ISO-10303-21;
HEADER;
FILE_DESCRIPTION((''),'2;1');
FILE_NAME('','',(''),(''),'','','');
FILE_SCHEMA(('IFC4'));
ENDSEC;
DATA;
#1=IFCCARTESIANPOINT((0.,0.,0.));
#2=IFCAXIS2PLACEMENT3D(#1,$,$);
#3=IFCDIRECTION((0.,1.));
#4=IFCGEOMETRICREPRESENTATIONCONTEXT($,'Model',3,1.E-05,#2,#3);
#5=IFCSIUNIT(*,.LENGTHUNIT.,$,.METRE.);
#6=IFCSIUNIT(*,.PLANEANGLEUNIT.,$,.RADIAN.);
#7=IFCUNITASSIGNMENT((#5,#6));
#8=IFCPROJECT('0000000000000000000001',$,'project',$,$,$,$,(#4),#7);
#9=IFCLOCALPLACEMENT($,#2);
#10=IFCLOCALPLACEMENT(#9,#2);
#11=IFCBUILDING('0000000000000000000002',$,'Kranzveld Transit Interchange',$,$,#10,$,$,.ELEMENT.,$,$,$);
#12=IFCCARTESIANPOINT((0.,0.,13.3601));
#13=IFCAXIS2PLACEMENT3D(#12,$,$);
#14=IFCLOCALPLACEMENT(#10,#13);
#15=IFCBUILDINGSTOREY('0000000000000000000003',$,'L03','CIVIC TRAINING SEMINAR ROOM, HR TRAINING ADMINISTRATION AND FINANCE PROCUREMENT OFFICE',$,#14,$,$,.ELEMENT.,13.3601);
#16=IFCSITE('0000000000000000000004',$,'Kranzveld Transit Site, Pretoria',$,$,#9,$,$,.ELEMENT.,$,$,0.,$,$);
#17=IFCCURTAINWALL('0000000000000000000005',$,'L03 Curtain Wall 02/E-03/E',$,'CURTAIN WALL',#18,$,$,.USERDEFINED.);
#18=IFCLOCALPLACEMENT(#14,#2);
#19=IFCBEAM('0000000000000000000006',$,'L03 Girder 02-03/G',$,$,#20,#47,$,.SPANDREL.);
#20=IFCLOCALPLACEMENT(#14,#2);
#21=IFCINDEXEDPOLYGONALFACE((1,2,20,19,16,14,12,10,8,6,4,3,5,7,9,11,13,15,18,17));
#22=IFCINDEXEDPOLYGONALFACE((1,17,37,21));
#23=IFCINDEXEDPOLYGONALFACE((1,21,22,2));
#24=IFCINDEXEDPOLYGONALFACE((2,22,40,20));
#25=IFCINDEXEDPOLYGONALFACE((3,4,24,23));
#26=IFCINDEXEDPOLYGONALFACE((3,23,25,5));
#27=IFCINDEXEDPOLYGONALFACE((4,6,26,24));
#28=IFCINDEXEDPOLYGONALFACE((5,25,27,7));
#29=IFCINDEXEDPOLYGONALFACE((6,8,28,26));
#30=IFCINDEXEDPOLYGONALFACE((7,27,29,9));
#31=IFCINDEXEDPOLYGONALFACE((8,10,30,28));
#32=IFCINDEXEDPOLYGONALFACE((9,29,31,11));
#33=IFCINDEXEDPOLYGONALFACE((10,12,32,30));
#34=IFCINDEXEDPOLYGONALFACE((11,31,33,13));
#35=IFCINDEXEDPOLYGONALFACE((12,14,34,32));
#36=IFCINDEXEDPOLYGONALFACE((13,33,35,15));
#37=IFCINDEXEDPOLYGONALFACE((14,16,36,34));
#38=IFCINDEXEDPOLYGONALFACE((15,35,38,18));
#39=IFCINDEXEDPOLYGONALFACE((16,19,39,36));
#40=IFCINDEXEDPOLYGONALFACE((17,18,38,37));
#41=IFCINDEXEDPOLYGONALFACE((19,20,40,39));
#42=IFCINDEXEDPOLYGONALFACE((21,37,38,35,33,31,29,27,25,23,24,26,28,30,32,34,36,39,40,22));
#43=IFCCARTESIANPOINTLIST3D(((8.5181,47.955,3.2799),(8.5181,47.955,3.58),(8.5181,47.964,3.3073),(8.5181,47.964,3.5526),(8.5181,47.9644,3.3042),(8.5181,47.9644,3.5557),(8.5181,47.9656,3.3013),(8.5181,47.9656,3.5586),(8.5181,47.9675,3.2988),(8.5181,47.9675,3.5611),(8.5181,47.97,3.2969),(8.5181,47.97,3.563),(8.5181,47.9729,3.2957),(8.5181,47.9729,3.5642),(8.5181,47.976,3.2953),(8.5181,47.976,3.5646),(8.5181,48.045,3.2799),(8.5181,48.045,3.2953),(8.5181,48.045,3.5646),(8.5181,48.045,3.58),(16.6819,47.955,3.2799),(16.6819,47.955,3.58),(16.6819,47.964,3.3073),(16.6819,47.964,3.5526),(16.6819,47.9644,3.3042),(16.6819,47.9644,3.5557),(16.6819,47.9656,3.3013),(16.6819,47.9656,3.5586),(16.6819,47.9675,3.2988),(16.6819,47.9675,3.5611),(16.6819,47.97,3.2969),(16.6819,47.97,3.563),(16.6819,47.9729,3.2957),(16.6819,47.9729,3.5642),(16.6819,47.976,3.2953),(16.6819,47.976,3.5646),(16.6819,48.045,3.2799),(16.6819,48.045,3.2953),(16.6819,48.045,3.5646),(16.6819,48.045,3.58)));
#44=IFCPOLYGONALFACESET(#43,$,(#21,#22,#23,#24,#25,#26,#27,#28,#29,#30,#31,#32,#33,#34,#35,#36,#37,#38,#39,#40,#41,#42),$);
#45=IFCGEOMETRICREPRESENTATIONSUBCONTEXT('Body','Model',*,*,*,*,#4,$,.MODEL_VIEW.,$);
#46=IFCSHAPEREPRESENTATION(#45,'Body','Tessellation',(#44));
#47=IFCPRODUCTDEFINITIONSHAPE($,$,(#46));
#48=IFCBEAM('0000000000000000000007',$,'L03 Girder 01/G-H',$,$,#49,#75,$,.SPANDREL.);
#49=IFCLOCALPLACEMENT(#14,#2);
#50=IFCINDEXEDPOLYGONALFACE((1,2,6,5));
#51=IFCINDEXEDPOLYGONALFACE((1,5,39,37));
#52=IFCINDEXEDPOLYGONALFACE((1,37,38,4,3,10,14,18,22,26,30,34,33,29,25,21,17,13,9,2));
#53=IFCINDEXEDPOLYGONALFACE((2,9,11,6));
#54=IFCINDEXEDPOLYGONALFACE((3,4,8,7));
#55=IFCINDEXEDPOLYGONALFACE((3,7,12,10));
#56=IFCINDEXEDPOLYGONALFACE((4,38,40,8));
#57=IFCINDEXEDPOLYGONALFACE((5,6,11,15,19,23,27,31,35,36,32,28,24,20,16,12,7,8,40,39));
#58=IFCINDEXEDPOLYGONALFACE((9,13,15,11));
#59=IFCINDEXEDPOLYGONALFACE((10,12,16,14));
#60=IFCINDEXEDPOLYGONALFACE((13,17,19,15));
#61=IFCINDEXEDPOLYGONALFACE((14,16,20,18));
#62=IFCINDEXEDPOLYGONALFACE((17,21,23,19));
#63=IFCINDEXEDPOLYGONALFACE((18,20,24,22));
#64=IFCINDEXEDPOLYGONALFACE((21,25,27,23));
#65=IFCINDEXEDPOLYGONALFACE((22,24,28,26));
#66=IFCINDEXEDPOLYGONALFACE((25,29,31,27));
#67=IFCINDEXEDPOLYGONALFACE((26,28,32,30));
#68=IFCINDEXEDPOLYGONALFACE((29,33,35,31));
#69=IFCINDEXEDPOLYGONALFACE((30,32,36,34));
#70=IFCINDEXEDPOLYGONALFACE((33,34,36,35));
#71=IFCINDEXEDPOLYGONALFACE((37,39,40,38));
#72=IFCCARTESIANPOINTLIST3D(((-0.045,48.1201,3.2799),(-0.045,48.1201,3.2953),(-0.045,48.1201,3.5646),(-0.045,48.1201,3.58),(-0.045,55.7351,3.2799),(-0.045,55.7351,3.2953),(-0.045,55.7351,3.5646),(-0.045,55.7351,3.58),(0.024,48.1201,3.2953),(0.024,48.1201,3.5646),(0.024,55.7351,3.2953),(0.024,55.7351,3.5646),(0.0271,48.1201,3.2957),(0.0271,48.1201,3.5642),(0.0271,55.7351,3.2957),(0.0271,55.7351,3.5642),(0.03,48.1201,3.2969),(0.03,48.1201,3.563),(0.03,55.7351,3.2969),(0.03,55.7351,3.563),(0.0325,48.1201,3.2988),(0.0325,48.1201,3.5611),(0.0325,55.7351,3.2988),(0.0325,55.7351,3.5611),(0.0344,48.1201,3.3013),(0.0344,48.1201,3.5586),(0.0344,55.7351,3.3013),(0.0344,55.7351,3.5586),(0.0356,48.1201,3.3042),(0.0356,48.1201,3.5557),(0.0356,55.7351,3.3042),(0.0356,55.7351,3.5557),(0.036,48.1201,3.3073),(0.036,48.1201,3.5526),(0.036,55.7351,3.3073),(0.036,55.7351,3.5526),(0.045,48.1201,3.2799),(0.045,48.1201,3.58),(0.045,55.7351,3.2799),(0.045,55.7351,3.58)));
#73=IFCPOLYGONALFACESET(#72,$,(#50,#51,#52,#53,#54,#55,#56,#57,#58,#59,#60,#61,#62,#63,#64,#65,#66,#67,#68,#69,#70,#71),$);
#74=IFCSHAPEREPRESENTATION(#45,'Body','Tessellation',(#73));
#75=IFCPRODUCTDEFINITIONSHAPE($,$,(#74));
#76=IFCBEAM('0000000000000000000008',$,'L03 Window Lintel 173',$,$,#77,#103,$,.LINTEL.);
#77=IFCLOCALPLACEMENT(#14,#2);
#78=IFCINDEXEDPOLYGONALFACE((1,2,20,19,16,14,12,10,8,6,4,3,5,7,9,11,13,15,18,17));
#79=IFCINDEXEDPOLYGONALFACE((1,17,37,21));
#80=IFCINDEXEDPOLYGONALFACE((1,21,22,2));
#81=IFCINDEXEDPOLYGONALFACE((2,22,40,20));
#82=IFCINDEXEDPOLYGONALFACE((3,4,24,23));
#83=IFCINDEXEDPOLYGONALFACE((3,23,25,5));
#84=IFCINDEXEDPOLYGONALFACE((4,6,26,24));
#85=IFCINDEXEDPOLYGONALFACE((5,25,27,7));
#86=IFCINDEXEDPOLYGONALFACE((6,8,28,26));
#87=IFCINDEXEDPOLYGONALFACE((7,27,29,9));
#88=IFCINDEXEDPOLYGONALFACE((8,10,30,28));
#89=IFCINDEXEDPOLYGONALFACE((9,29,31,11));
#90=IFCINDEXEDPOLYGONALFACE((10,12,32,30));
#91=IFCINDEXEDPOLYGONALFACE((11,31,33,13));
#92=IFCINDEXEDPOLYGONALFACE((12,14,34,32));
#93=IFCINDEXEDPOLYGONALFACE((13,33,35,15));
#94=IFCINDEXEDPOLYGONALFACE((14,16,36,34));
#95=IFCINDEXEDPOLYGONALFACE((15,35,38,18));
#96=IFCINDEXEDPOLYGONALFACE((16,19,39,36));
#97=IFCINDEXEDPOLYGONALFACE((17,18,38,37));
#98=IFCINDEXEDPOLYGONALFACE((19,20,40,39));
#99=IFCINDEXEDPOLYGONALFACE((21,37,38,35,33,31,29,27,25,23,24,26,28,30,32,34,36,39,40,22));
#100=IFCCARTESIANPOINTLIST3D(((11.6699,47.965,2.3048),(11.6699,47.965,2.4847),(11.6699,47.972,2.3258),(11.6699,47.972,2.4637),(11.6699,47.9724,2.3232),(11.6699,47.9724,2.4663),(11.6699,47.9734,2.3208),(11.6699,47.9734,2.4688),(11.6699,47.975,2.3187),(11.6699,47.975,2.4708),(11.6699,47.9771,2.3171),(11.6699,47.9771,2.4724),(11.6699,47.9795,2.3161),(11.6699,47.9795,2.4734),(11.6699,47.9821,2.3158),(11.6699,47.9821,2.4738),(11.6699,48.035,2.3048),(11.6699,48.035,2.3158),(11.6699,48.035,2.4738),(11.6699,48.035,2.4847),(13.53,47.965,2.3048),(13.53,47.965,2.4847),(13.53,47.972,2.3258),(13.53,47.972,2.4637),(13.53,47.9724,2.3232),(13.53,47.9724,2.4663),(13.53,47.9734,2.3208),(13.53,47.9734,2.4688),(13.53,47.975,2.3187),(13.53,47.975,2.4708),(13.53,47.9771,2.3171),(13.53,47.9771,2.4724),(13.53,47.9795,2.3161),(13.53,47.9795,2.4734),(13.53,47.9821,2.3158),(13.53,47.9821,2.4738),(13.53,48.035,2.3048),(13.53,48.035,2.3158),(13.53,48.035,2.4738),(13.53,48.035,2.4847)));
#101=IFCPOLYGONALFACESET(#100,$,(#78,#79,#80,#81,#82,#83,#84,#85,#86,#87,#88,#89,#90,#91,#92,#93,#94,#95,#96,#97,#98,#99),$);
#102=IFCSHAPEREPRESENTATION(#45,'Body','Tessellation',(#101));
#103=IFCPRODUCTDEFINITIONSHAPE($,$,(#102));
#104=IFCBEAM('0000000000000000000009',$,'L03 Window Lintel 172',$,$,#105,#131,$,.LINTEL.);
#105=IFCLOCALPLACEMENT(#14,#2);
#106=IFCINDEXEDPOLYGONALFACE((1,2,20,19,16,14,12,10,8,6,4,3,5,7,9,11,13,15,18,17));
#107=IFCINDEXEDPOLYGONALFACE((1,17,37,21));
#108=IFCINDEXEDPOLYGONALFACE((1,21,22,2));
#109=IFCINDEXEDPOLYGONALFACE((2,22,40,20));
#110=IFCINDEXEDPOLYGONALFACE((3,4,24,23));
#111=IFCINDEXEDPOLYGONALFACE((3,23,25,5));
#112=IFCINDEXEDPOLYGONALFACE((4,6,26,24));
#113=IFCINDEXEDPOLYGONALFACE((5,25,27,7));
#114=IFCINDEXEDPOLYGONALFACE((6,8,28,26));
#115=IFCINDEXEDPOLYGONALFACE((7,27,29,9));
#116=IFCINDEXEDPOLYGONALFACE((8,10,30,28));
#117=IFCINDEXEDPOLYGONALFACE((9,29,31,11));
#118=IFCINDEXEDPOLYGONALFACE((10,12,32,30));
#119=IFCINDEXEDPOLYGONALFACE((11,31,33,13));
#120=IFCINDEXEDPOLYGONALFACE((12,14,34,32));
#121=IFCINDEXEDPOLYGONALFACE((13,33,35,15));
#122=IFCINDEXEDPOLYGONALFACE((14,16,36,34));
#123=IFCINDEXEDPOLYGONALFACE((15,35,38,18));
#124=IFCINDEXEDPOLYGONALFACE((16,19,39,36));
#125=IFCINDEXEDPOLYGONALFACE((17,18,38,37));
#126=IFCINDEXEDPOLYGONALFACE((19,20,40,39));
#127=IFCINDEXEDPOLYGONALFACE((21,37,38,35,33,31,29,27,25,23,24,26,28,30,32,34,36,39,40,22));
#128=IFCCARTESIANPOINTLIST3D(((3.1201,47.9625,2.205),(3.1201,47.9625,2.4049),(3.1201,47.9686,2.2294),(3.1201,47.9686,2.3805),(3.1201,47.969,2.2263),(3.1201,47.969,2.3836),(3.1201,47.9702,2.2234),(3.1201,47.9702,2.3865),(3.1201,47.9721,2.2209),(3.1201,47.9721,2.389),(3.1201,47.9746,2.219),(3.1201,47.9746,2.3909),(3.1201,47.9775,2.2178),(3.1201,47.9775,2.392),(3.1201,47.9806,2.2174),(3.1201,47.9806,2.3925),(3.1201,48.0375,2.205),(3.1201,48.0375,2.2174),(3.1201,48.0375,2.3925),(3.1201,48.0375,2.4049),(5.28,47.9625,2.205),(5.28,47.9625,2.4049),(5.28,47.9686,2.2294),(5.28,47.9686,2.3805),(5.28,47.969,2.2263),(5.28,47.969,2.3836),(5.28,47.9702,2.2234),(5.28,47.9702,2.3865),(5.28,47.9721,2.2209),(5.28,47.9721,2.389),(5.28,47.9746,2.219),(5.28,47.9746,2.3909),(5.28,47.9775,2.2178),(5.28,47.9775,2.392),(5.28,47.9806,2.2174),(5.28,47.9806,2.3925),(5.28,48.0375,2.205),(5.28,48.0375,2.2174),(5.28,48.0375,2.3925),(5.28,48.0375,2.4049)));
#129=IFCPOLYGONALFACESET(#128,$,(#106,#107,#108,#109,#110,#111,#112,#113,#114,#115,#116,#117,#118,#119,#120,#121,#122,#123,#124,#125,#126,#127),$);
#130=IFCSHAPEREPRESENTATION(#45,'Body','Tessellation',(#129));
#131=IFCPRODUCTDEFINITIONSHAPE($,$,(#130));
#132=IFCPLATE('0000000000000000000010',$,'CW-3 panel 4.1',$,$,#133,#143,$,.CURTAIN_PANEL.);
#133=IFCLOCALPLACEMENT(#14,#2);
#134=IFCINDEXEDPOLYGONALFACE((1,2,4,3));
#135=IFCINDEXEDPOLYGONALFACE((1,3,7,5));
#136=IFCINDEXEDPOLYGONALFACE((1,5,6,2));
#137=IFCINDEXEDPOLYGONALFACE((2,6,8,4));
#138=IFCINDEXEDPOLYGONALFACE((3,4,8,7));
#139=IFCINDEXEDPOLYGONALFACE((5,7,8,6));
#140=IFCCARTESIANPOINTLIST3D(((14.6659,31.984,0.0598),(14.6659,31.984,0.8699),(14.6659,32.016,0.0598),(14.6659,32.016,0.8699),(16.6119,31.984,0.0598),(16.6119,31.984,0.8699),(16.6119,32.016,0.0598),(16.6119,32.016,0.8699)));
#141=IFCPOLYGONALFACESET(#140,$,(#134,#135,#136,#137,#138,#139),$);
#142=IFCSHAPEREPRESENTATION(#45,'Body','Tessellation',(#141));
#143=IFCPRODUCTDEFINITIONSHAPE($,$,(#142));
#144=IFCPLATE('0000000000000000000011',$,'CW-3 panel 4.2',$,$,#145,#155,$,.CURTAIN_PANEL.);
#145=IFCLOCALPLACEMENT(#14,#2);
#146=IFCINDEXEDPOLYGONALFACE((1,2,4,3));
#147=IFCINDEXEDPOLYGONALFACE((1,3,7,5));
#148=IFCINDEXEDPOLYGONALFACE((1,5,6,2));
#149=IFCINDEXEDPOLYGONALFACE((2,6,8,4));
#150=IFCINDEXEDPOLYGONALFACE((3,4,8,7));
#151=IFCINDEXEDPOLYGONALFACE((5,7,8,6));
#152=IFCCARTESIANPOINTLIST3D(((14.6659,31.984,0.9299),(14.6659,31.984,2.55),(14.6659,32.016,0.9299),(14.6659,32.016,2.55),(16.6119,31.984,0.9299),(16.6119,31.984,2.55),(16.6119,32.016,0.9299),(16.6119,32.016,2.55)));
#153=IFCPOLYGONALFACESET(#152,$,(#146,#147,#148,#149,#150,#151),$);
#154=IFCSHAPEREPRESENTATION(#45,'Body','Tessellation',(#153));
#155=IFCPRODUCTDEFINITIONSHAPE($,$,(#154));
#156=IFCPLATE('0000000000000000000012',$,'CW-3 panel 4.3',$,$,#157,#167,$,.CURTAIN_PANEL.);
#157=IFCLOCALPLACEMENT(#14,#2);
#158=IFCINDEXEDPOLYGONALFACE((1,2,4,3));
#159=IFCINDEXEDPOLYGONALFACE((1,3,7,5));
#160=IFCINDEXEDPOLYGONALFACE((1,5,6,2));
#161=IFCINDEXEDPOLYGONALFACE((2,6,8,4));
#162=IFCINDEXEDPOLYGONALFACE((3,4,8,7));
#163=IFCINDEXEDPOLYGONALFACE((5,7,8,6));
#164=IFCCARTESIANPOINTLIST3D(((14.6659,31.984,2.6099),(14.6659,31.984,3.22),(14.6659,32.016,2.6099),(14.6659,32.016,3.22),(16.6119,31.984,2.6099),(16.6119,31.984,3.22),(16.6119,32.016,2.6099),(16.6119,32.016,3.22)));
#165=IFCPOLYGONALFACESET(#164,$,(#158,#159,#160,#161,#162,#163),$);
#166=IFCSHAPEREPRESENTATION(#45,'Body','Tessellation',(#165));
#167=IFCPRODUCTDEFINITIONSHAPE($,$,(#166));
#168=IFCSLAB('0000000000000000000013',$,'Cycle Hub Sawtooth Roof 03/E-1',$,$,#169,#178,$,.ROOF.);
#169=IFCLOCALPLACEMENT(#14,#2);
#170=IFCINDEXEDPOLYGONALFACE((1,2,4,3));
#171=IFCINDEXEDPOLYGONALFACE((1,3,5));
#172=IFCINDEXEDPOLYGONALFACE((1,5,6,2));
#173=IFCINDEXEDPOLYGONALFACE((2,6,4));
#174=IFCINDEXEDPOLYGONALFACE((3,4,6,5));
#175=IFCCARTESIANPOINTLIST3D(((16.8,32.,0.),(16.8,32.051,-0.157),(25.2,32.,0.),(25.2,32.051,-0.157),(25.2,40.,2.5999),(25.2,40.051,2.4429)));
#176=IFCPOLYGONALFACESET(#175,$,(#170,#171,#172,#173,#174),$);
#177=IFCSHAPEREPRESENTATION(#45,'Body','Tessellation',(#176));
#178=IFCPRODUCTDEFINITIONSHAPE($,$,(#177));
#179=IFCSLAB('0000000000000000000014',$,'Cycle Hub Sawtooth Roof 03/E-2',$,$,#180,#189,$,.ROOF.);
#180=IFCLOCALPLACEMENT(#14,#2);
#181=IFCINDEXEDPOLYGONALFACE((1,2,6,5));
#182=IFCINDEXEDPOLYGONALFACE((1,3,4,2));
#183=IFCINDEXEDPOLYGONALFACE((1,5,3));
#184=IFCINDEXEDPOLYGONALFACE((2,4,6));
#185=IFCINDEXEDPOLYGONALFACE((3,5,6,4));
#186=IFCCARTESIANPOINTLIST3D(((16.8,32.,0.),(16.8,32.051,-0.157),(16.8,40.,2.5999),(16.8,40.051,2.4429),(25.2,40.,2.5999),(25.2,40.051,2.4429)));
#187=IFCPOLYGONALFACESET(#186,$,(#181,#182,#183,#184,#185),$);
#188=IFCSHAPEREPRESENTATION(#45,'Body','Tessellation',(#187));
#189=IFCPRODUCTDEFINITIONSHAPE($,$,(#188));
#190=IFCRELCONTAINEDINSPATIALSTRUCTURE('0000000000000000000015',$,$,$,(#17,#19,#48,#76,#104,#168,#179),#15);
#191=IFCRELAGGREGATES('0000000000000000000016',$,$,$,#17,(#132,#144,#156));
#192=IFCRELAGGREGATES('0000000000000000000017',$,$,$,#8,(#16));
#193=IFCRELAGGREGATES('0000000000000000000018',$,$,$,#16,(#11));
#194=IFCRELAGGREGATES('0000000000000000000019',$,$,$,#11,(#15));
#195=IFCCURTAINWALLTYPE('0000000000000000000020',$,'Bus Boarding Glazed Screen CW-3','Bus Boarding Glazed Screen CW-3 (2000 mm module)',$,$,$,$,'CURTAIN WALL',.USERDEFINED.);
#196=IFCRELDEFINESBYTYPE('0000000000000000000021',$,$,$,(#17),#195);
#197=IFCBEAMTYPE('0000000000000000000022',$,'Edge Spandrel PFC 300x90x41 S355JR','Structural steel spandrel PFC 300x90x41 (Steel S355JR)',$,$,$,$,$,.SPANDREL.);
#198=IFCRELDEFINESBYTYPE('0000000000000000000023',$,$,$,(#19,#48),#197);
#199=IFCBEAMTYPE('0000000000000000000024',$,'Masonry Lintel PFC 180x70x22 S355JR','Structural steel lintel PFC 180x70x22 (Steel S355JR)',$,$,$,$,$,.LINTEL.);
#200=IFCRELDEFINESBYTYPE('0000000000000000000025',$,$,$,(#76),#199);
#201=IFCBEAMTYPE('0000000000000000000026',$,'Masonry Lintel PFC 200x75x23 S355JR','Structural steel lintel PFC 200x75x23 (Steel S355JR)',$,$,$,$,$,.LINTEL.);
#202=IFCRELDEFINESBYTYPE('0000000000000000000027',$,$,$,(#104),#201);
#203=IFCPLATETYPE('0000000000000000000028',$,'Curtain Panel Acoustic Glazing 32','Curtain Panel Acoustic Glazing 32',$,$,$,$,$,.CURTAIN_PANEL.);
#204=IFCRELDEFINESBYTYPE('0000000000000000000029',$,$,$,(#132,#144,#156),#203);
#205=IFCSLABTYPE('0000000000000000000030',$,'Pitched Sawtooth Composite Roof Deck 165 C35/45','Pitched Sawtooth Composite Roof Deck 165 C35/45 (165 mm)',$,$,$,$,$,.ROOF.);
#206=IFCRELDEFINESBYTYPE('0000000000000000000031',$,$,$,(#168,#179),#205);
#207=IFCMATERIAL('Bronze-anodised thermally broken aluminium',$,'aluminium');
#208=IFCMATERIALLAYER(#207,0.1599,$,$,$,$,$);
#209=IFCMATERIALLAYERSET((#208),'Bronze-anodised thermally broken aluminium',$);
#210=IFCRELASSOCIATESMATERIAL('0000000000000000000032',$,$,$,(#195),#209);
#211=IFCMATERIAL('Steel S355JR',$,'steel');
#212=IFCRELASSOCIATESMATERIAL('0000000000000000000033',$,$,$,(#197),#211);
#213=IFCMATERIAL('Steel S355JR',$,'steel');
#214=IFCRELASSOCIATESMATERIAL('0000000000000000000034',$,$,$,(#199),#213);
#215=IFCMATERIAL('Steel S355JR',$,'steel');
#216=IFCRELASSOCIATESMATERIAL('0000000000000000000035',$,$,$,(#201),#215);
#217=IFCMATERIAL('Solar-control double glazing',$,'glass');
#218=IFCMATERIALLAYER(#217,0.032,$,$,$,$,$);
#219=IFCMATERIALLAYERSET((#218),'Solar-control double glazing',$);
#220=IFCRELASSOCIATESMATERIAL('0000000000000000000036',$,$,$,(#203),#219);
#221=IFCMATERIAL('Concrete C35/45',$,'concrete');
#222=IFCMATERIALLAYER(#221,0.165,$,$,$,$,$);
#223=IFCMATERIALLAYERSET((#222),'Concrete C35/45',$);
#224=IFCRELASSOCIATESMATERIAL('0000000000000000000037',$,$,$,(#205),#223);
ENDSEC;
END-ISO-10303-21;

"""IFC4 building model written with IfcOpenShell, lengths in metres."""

from ifc_helpers import new_model, si_unit, direction, frame, origin, origin_2d, place, context, subcontext, project, spatial, polyline, rectangle, u_section, outline, extrude, material, layer, layer_set, material_profile, profile_set, type_object, element, aggregate, save


model = new_model("IFC4")

# Units and contexts
model_context = context("Model", 3, precision=1e-05, world=origin(), true_north=direction((0.0, 1.0)))
body_context = subcontext(model_context, "Body", "Model", "MODEL_VIEW")
ifc_project = project(units=[si_unit("LENGTHUNIT", "METRE"), si_unit("PLANEANGLEUNIT", "RADIAN")], contexts=[model_context])

# Site, building, storey
site_placement = place(None, origin())
site = spatial("IfcSite", under=ifc_project, at=site_placement, Name="Kranzveld Transit Site, Pretoria", CompositionType="ELEMENT", RefElevation=0.0)
building_placement = place(site_placement, origin())
building = spatial("IfcBuilding", under=site, at=building_placement, Name="Kranzveld Transit Interchange", CompositionType="ELEMENT")
storey_placement = place(building_placement, frame((0.0, 0.0, 13.3601)))
storey = spatial("IfcBuildingStorey", under=building, at=storey_placement, Name="L03", Description="CIVIC TRAINING SEMINAR ROOM, HR TRAINING ADMINISTRATION AND FINANCE PROCUREMENT OFFICE", CompositionType="ELEMENT", Elevation=13.3601)

# Curtain wall
ifc_material_1 = material(Name="Bronze-anodised thermally broken aluminium", Category="aluminium")
ifc_layer_1 = layer(ifc_material_1, 0.1599)
ifc_layer_set_1 = layer_set([ifc_layer_1], Name="Bronze-anodised thermally broken aluminium")
curtain_wall_type = type_object("IfcCurtainWallType", Name="Bus Boarding Glazed Screen CW-3", Description="Bus Boarding Glazed Screen CW-3 (2000 mm module)", ElementType="CURTAIN WALL", PredefinedType="USERDEFINED", material=ifc_layer_set_1)
curtain_wall_placement = place(storey_placement, origin())
curtain_wall = element("IfcCurtainWall", 1, at=curtain_wall_placement, inside=storey, type_object=curtain_wall_type, Name="L03 Curtain Wall 02/E-03/E", ObjectType="CURTAIN WALL", PredefinedType="USERDEFINED")

# Beams
ifc_material_2 = material(Name="Steel S355JR", Category="steel")
ifc_material_profile_1 = material_profile(ifc_material_2, u_section(Depth=0.3, FlangeWidth=0.0901, WebThickness=0.009, FlangeThickness=0.0154, FilletRadius=0.012, at=origin_2d()), Name="PFC 300x90x41")
ifc_profile_set_1 = profile_set([ifc_material_profile_1], Name="Steel S355JR")
beam_type_1 = type_object("IfcBeamType", Name="Edge Spandrel PFC 300x90x41 S355JR", Description="Structural steel spandrel PFC 300x90x41 (Steel S355JR)", PredefinedType="SPANDREL", material=ifc_profile_set_1)
for number, where, z_axis, x_axis, name in (
    (2, (8.5181, 48.0, 3.4299), (1.0, 0.0, 0.0), (0.0, 1.0, 0.0), "L03 Girder 02-03/G"),
):
    element("IfcBeam", number, at=place(storey_placement, frame(where, z_axis=z_axis, x_axis=x_axis)), inside=storey, type_object=beam_type_1, Name=name, PredefinedType="SPANDREL", context=body_context, shape_type="SweptSolid", body=[
        extrude(u_section(Depth=0.3, FlangeWidth=0.0901, WebThickness=0.009, FlangeThickness=0.0154, FilletRadius=0.012, at=origin_2d()), origin(), (0.0, 0.0, 1.0), 8.1638),
    ])
beam_1_placement = place(storey_placement, frame((0.0, 48.1201, 3.4299), z_axis=(0.0, 1.0, 0.0), x_axis=(-1.0, 0.0, 0.0)))
element("IfcBeam", 3, at=beam_1_placement, inside=storey, type_object=beam_type_1, Name="L03 Girder 01/G-H", PredefinedType="SPANDREL", context=body_context, shape_type="SweptSolid", body=[
    extrude(u_section(Depth=0.3, FlangeWidth=0.0901, WebThickness=0.009, FlangeThickness=0.0154, FilletRadius=0.012, at=origin_2d()), origin(), (0.0, 0.0, 1.0), 7.615),
])
ifc_material_3 = material(Name="Steel S355JR", Category="steel")
ifc_material_profile_2 = material_profile(ifc_material_3, u_section(Depth=0.1799, FlangeWidth=0.0701, WebThickness=0.0071, FlangeThickness=0.011, FilletRadius=0.01, at=origin_2d()), Name="PFC 180x70x22")
ifc_profile_set_2 = profile_set([ifc_material_profile_2], Name="Steel S355JR")
beam_type_2 = type_object("IfcBeamType", Name="Masonry Lintel PFC 180x70x22 S355JR", Description="Structural steel lintel PFC 180x70x22 (Steel S355JR)", PredefinedType="LINTEL", material=ifc_profile_set_2)
beam_2_placement = place(storey_placement, frame((11.6699, 48.0, 2.3948), z_axis=(1.0, 0.0, 0.0), x_axis=(0.0, 1.0, 0.0)))
element("IfcBeam", 4, at=beam_2_placement, inside=storey, type_object=beam_type_2, Name="L03 Window Lintel 173", PredefinedType="LINTEL", context=body_context, shape_type="SweptSolid", body=[
    extrude(u_section(Depth=0.1799, FlangeWidth=0.0701, WebThickness=0.0071, FlangeThickness=0.011, FilletRadius=0.01, at=origin_2d()), origin(), (0.0, 0.0, 1.0), 1.8601),
])
ifc_material_4 = material(Name="Steel S355JR", Category="steel")
ifc_material_profile_3 = material_profile(ifc_material_4, u_section(Depth=0.2, FlangeWidth=0.075, WebThickness=0.0061, FlangeThickness=0.0125, FilletRadius=0.012, at=origin_2d()), Name="PFC 200x75x23")
ifc_profile_set_3 = profile_set([ifc_material_profile_3], Name="Steel S355JR")
beam_type_3 = type_object("IfcBeamType", Name="Masonry Lintel PFC 200x75x23 S355JR", Description="Structural steel lintel PFC 200x75x23 (Steel S355JR)", PredefinedType="LINTEL", material=ifc_profile_set_3)
beam_3_placement = place(storey_placement, frame((3.1201, 48.0, 2.3049), z_axis=(1.0, 0.0, 0.0), x_axis=(0.0, 1.0, 0.0)))
element("IfcBeam", 5, at=beam_3_placement, inside=storey, type_object=beam_type_3, Name="L03 Window Lintel 172", PredefinedType="LINTEL", context=body_context, shape_type="SweptSolid", body=[
    extrude(u_section(Depth=0.2, FlangeWidth=0.075, WebThickness=0.0061, FlangeThickness=0.0125, FilletRadius=0.012, at=origin_2d()), origin(), (0.0, 0.0, 1.0), 2.1599),
])

# Plates
ifc_material_5 = material(Name="Solar-control double glazing", Category="glass")
ifc_layer_2 = layer(ifc_material_5, 0.032)
ifc_layer_set_2 = layer_set([ifc_layer_2], Name="Solar-control double glazing")
plate_type = type_object("IfcPlateType", Name="Curtain Panel Acoustic Glazing 32", Description="Curtain Panel Acoustic Glazing 32", PredefinedType="CURTAIN_PANEL", material=ifc_layer_set_2)
plate_1_placement = place(storey_placement, frame((15.6389, 32.0, 0.0598), z_axis=(0.0, 0.0, 1.0), x_axis=(1.0, 0.0, 0.0)))
plate_1 = element("IfcPlate", 6, at=plate_1_placement, type_object=plate_type, Name="CW-3 panel 4.1", PredefinedType="CURTAIN_PANEL", context=body_context, shape_type="SweptSolid", body=[
    extrude(rectangle(XDim=1.946, YDim=0.032, at=origin_2d()), origin(), (0.0, 0.0, 1.0), 0.8101),
])
plate_2_placement = place(storey_placement, frame((15.6389, 32.0, 0.9299), z_axis=(0.0, 0.0, 1.0), x_axis=(1.0, 0.0, 0.0)))
plate_2 = element("IfcPlate", 7, at=plate_2_placement, type_object=plate_type, Name="CW-3 panel 4.2", PredefinedType="CURTAIN_PANEL", context=body_context, shape_type="SweptSolid", body=[
    extrude(rectangle(XDim=1.946, YDim=0.032, at=origin_2d()), origin(), (0.0, 0.0, 1.0), 1.6201),
])
plate_3_placement = place(storey_placement, frame((15.6389, 32.0, 2.6099), z_axis=(0.0, 0.0, 1.0), x_axis=(1.0, 0.0, 0.0)))
plate_3 = element("IfcPlate", 8, at=plate_3_placement, type_object=plate_type, Name="CW-3 panel 4.3", PredefinedType="CURTAIN_PANEL", context=body_context, shape_type="SweptSolid", body=[
    extrude(rectangle(XDim=1.946, YDim=0.032, at=origin_2d()), origin(), (0.0, 0.0, 1.0), 0.6101),
])
aggregate(curtain_wall, [plate_1, plate_2, plate_3])

# Slabs
ifc_material_6 = material(Name="Concrete C35/45", Category="concrete")
ifc_layer_3 = layer(ifc_material_6, 0.165)
ifc_layer_set_3 = layer_set([ifc_layer_3], Name="Concrete C35/45")
slab_type = type_object("IfcSlabType", Name="Pitched Sawtooth Composite Roof Deck 165 C35/45", Description="Pitched Sawtooth Composite Roof Deck 165 C35/45 (165 mm)", PredefinedType="ROOF", material=ifc_layer_set_3)
slab_1_placement = place(storey_placement, frame((16.8, 32.0, 0.0), z_axis=(0.0, -0.30907, 0.951039), x_axis=(1.0, 0.0, 0.0)))
element("IfcSlab", 9, at=slab_1_placement, inside=storey, type_object=slab_type, Name="Cycle Hub Sawtooth Roof 03/E-1", PredefinedType="ROOF", context=body_context, shape_type="SweptSolid", body=[
    extrude(outline(polyline([(0.0, 0.0), (8.3999, 0.0), (8.3999, 8.4119), (0.0, 0.0)])), origin(), (0.0, 0.0, -1.0), 0.165),
])
slab_2_placement = place(storey_placement, frame((16.8, 32.0, 0.0), z_axis=(0.0, -0.30907, 0.951039), x_axis=(0.706604, 0.672964, 0.218701)))
element("IfcSlab", 10, at=slab_2_placement, inside=storey, type_object=slab_type, Name="Cycle Hub Sawtooth Roof 03/E-2", PredefinedType="ROOF", context=body_context, shape_type="SweptSolid", body=[
    extrude(outline(polyline([(0.0, 0.0), (11.8877, 0.0), (5.9523, 5.9438), (0.0, 0.0)])), origin(), (0.0, 0.0, -1.0), 0.165),
])

save(model, "model.ifc")
